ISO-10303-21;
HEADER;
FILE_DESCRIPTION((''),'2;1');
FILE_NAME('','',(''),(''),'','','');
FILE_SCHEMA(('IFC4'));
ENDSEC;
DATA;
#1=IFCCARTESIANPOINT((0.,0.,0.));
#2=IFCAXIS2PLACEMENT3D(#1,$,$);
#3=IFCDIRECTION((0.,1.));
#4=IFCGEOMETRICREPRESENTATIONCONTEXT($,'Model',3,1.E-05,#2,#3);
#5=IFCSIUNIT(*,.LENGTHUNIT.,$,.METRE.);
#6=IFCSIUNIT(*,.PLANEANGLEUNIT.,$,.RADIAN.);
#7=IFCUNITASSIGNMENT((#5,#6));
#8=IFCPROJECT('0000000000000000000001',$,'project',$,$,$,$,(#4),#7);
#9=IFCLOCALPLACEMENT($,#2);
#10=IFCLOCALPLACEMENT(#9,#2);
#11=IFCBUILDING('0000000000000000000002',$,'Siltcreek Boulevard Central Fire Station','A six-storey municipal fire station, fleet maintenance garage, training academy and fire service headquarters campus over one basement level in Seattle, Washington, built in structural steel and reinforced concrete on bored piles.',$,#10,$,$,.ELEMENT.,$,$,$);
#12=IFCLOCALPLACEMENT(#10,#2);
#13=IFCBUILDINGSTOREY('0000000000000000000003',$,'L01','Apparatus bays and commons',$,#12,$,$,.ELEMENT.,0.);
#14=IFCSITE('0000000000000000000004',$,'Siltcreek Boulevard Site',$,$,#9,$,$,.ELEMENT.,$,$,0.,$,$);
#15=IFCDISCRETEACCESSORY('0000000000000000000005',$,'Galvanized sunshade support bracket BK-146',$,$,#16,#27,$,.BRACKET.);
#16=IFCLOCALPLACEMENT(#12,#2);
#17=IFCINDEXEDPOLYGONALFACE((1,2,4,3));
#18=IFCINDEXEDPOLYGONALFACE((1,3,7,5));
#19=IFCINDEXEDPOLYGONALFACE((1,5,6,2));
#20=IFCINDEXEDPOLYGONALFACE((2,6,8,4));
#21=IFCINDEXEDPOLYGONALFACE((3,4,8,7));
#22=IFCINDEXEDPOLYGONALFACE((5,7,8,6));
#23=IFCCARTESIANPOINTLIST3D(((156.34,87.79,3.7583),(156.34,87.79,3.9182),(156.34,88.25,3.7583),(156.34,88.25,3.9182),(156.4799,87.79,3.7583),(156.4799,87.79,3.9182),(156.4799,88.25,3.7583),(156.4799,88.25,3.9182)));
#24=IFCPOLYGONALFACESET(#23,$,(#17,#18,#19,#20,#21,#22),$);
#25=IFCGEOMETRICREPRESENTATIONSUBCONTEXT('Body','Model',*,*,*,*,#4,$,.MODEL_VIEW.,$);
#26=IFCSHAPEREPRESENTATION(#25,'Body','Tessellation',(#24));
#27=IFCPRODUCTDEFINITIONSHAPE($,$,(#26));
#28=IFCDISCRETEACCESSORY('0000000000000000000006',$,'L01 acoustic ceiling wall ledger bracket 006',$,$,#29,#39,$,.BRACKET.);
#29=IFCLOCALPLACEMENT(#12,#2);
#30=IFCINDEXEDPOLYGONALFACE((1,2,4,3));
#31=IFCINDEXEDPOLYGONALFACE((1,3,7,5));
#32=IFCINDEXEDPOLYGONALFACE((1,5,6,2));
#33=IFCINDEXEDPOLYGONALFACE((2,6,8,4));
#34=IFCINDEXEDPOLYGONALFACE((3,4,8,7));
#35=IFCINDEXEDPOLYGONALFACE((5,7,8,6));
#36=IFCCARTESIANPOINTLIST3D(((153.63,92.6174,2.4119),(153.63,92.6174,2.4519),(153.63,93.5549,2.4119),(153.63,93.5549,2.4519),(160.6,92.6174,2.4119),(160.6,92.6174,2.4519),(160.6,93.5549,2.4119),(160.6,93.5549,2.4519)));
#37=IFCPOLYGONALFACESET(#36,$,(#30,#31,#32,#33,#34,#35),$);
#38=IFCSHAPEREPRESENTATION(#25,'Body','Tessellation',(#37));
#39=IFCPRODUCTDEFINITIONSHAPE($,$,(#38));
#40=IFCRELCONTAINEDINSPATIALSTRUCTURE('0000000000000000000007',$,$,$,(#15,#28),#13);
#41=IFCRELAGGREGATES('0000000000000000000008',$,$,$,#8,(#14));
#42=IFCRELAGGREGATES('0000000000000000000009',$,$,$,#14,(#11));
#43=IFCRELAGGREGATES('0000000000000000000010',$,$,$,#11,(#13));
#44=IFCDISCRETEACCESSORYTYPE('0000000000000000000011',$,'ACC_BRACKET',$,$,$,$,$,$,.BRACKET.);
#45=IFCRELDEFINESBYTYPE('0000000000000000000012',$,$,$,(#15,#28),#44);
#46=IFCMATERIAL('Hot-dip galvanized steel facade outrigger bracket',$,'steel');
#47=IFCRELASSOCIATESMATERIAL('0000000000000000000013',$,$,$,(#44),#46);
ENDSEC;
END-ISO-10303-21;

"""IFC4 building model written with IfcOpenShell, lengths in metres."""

from ifc_helpers import new_model, si_unit, direction, frame, origin, origin_2d, place, context, subcontext, project, spatial, rectangle, extrude, material, type_object, element, save


model = new_model("IFC4")

# Units and contexts
model_context = context("Model", 3, precision=1e-05, world=origin(), true_north=direction((0.0, 1.0)))
body_context = subcontext(model_context, "Body", "Model", "MODEL_VIEW")
ifc_project = project(units=[si_unit("LENGTHUNIT", "METRE"), si_unit("PLANEANGLEUNIT", "RADIAN")], contexts=[model_context])

# Site, building, storey
site_placement = place(None, origin())
site = spatial("IfcSite", under=ifc_project, at=site_placement, Name="Siltcreek Boulevard Site", CompositionType="ELEMENT", RefElevation=0.0)
building_placement = place(site_placement, origin())
building = spatial("IfcBuilding", under=site, at=building_placement, Name="Siltcreek Boulevard Central Fire Station", Description="A six-storey municipal fire station, fleet maintenance garage, training academy and fire service headquarters campus over one basement level in Seattle, Washington, built in structural steel and reinforced concrete on bored piles.", CompositionType="ELEMENT")
storey_placement = place(building_placement, origin())
storey = spatial("IfcBuildingStorey", under=building, at=storey_placement, Name="L01", Description="Apparatus bays and commons", CompositionType="ELEMENT", Elevation=0.0)

# Discrete accessories
ifc_material_1 = material(Name="Hot-dip galvanized steel facade outrigger bracket", Category="steel")
discrete_accessory_type = type_object("IfcDiscreteAccessoryType", Name="ACC_BRACKET", PredefinedType="BRACKET", material=ifc_material_1)
for number, where, z_axis, x_axis, name in (
    (1, (156.4099, 88.02, 3.7583), (0.0, 0.0, 1.0), (1.0, 0.0, 0.0), "Galvanized sunshade support bracket BK-146"),
):
    element("IfcDiscreteAccessory", number, at=place(storey_placement, frame(where, z_axis=z_axis, x_axis=x_axis)), inside=storey, type_object=discrete_accessory_type, Name=name, PredefinedType="BRACKET", context=body_context, shape_type="SweptSolid", body=[
        extrude(rectangle(XDim=0.1399, YDim=0.46, at=origin_2d()), origin(), (0.0, 0.0, 1.0), 0.1599),
    ])
discrete_accessory_placement = place(storey_placement, frame((157.115, 93.0862, 2.4119), z_axis=(0.0, 0.0, 1.0), x_axis=(1.0, 0.0, 0.0)))
element("IfcDiscreteAccessory", 2, at=discrete_accessory_placement, inside=storey, type_object=discrete_accessory_type, Name="L01 acoustic ceiling wall ledger bracket 006", PredefinedType="BRACKET", context=body_context, shape_type="SweptSolid", body=[
    extrude(rectangle(XDim=6.97, YDim=0.9375, at=origin_2d()), origin(), (0.0, 0.0, 1.0), 0.04),
])

save(model, "model.ifc")
